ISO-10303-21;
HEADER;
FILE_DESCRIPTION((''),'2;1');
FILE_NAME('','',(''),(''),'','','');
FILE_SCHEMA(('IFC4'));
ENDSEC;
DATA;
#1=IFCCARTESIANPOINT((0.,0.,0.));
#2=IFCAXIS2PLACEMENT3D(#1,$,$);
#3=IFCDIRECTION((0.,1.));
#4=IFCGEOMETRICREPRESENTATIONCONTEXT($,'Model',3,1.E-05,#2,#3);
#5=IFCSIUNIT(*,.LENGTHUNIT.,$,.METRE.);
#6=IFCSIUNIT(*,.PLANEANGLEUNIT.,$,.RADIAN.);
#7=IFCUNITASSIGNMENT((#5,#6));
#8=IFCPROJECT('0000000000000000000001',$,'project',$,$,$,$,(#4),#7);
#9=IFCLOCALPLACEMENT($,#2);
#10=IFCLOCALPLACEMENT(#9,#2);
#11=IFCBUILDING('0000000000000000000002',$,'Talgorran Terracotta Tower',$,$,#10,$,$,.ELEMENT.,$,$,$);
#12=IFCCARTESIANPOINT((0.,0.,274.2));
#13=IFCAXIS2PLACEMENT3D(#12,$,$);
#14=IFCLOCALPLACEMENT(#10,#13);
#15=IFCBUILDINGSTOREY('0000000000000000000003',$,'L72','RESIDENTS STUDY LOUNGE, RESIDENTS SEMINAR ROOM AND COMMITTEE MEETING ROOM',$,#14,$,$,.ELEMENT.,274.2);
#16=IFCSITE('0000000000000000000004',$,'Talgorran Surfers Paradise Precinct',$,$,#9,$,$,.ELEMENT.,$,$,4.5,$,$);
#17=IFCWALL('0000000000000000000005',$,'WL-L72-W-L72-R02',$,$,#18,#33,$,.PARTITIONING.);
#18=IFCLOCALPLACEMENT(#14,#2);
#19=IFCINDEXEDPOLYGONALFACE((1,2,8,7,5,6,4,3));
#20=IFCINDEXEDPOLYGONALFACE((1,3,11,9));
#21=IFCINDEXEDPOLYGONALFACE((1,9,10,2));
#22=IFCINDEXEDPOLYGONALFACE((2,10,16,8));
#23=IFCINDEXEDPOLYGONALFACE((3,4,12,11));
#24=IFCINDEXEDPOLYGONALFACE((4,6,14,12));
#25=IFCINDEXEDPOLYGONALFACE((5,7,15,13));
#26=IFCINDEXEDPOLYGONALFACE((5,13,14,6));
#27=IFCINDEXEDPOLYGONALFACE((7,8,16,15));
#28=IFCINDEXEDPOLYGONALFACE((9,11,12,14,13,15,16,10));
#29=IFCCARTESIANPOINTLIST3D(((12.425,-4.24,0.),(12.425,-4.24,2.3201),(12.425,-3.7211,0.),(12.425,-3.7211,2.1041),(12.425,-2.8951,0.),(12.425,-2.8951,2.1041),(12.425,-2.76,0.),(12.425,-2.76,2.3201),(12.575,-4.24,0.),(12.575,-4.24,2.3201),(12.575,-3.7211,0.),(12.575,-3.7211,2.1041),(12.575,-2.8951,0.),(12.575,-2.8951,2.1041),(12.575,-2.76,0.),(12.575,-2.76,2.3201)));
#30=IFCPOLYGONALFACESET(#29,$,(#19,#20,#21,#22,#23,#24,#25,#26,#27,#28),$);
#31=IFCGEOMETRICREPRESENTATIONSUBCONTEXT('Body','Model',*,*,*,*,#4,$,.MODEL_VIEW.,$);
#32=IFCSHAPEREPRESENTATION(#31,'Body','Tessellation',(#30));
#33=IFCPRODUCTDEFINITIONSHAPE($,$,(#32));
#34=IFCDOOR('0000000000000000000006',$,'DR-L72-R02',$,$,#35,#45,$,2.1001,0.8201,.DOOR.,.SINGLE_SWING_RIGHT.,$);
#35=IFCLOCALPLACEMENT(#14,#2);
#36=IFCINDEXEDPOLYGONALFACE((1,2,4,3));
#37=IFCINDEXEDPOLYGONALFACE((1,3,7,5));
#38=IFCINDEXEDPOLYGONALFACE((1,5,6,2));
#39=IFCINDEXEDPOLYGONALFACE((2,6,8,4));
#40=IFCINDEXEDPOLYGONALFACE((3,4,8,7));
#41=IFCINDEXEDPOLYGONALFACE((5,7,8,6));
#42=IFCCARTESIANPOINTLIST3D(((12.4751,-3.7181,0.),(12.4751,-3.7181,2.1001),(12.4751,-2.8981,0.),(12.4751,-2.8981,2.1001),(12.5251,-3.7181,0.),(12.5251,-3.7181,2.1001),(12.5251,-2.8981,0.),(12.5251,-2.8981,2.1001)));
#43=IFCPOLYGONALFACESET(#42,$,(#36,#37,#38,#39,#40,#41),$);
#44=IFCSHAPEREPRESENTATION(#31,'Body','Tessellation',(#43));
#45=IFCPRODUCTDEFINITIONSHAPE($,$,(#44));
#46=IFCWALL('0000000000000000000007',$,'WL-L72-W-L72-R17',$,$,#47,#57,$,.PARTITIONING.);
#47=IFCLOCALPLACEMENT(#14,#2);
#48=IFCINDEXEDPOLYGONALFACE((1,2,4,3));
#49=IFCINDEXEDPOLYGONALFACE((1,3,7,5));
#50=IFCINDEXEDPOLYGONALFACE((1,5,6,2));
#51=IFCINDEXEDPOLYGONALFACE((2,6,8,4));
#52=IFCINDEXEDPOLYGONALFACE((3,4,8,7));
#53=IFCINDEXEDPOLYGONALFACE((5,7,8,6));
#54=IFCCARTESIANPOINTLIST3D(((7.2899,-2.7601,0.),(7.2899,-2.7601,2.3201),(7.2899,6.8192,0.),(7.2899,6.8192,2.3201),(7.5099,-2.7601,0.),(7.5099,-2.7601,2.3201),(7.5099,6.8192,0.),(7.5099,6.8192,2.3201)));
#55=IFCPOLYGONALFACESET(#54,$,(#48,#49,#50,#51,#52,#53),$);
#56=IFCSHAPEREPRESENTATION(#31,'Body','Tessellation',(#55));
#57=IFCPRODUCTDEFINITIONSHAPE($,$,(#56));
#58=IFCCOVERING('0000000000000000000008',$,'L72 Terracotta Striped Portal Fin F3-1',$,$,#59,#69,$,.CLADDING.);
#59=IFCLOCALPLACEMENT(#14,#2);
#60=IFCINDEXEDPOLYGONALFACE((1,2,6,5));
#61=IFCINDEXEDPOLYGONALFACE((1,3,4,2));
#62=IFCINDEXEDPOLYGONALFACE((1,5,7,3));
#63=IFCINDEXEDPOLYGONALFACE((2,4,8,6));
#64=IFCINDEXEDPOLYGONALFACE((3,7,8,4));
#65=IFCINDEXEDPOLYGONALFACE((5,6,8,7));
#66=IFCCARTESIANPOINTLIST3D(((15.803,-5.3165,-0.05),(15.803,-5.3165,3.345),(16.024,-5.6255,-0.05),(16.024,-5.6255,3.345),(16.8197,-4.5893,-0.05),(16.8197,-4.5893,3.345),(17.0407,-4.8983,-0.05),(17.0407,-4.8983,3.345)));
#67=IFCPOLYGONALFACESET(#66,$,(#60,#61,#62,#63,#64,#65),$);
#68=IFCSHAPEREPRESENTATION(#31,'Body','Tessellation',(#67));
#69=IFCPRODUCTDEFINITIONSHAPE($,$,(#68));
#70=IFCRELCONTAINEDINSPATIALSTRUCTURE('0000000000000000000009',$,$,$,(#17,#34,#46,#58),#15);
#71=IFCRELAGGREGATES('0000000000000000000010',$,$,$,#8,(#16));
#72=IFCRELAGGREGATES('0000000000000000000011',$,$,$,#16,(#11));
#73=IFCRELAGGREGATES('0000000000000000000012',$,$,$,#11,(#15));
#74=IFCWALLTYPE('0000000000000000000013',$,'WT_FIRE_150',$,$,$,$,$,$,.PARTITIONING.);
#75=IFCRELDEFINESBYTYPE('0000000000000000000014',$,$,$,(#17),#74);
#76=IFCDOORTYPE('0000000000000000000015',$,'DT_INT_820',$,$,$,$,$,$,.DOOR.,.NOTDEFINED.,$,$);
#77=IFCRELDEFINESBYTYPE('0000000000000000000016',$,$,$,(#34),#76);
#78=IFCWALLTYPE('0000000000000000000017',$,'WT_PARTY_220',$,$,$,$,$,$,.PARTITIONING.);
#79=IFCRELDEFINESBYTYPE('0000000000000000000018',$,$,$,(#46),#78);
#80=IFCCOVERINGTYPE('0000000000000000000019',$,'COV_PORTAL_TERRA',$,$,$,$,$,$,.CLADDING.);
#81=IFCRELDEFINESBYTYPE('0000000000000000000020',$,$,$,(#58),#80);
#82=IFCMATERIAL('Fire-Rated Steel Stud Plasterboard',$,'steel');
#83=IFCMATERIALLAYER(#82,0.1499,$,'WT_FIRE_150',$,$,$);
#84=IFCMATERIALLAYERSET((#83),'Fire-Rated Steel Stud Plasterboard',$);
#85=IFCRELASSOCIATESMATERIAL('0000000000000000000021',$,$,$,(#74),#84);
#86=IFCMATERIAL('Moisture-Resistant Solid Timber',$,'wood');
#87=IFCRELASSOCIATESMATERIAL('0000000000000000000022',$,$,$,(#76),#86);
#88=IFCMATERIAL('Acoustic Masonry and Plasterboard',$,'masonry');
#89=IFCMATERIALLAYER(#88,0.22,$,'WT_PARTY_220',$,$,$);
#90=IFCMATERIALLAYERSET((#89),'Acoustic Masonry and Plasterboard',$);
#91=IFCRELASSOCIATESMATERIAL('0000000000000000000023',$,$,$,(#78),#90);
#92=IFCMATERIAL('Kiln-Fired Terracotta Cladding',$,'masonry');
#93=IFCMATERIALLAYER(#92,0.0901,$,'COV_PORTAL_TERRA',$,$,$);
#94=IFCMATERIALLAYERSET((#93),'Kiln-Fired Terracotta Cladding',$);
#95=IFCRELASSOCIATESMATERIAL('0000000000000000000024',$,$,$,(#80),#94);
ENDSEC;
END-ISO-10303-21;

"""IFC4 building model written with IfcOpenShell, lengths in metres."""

from ifc_helpers import new_model, si_unit, direction, frame, frame_2d, origin, origin_2d, place, context, subcontext, project, spatial, rectangle, extrude, material, layer, layer_set, type_object, element, fill, save


model = new_model("IFC4")

# Units and contexts
model_context = context("Model", 3, precision=1e-05, world=origin(), true_north=direction((0.0, 1.0)))
body_context = subcontext(model_context, "Body", "Model", "MODEL_VIEW")
ifc_project = project(units=[si_unit("LENGTHUNIT", "METRE"), si_unit("PLANEANGLEUNIT", "RADIAN")], contexts=[model_context])

# Site, building, storey
site_placement = place(None, origin())
site = spatial("IfcSite", under=ifc_project, at=site_placement, Name="Talgorran Surfers Paradise Precinct", CompositionType="ELEMENT", RefElevation=4.5)
building_placement = place(site_placement, origin())
building = spatial("IfcBuilding", under=site, at=building_placement, Name="Talgorran Terracotta Tower", CompositionType="ELEMENT")
storey_placement = place(building_placement, frame((0.0, 0.0, 274.2)))
storey = spatial("IfcBuildingStorey", under=building, at=storey_placement, Name="L72", Description="RESIDENTS STUDY LOUNGE, RESIDENTS SEMINAR ROOM AND COMMITTEE MEETING ROOM", CompositionType="ELEMENT", Elevation=274.2)

# Wall, opening, door
ifc_material_1 = material(Name="Fire-Rated Steel Stud Plasterboard", Category="steel")
ifc_layer_1 = layer(ifc_material_1, 0.1499, Name="WT_FIRE_150")
ifc_layer_set_1 = layer_set([ifc_layer_1], Name="Fire-Rated Steel Stud Plasterboard")
wall_type_1 = type_object("IfcWallType", Name="WT_FIRE_150", PredefinedType="PARTITIONING", material=ifc_layer_set_1)
wall_1_placement = place(storey_placement, frame((12.5, -4.24, 0.0), z_axis=(0.0, 0.0, 1.0), x_axis=(0.0, 1.0, 0.0)))
wall_1 = element("IfcWall", 1, at=wall_1_placement, inside=storey, type_object=wall_type_1, Name="WL-L72-W-L72-R02", PredefinedType="PARTITIONING", context=body_context, shape_type="SweptSolid", body=[
    extrude(rectangle(XDim=1.48, YDim=0.1499, at=frame_2d((0.74, 0.0))), origin(), (0.0, 0.0, 1.0), 2.3201),
])
opening_1_placement = place(wall_1_placement, frame((0.5217, 0.0, 0.0)))
opening_1 = element("IfcOpeningElement", 2, at=opening_1_placement, cuts=wall_1, PredefinedType="OPENING", context=body_context, shape_type="SweptSolid", body=[
    extrude(rectangle(XDim=0.8261, YDim=2.1041, at=frame_2d((0.4102, 1.052))), frame((0.0, 0.085, 0.0), z_axis=(0.0, -1.0, 0.0), x_axis=(1.0, 0.0, 0.0)), (0.0, 0.0, 1.0), 0.1699),
])
ifc_material_2 = material(Name="Moisture-Resistant Solid Timber", Category="wood")
door_type_1 = type_object("IfcDoorType", Name="DT_INT_820", OperationType="NOTDEFINED", PredefinedType="DOOR", material=ifc_material_2)
door_1_placement = place(opening_1_placement, origin())
door_1 = element("IfcDoor", 3, at=door_1_placement, inside=storey, type_object=door_type_1, Name="DR-L72-R02", OperationType="SINGLE_SWING_RIGHT", OverallHeight=2.1001, OverallWidth=0.8201, PredefinedType="DOOR", context=body_context, shape_type="SweptSolid", body=[
    extrude(rectangle(XDim=0.8201, YDim=2.1001, at=frame_2d((0.4102, 1.05))), frame((0.0, 0.0249, 0.0), z_axis=(0.0, -1.0, 0.0), x_axis=(1.0, 0.0, 0.0)), (0.0, 0.0, 1.0), 0.05),
])
fill(opening_1, door_1)

# Wall
ifc_material_3 = material(Name="Acoustic Masonry and Plasterboard", Category="masonry")
ifc_layer_2 = layer(ifc_material_3, 0.22, Name="WT_PARTY_220")
ifc_layer_set_2 = layer_set([ifc_layer_2], Name="Acoustic Masonry and Plasterboard")
wall_type_2 = type_object("IfcWallType", Name="WT_PARTY_220", PredefinedType="PARTITIONING", material=ifc_layer_set_2)
wall_2_placement = place(storey_placement, frame((7.3999, -2.76, 0.0), z_axis=(0.0, 0.0, 1.0), x_axis=(0.0, 1.0, 0.0)))
element("IfcWall", 4, at=wall_2_placement, inside=storey, type_object=wall_type_2, Name="WL-L72-W-L72-R17", PredefinedType="PARTITIONING", context=body_context, shape_type="SweptSolid", body=[
    extrude(rectangle(XDim=9.5793, YDim=0.22, at=frame_2d((4.7896, 0.0))), origin(), (0.0, 0.0, 1.0), 2.3201),
])

# Covering
ifc_material_4 = material(Name="Kiln-Fired Terracotta Cladding", Category="masonry")
ifc_layer_3 = layer(ifc_material_4, 0.0901, Name="COV_PORTAL_TERRA")
ifc_layer_set_3 = layer_set([ifc_layer_3], Name="Kiln-Fired Terracotta Cladding")
covering_type = type_object("IfcCoveringType", Name="COV_PORTAL_TERRA", PredefinedType="CLADDING", material=ifc_layer_set_3)
covering_placement = place(storey_placement, frame((16.4219, -5.1074, -0.05), z_axis=(0.0, 0.0, 1.0), x_axis=(-0.581726, 0.813385, 0.0)))
element("IfcCovering", 5, at=covering_placement, inside=storey, type_object=covering_type, Name="L72 Terracotta Striped Portal Fin F3-1", PredefinedType="CLADDING", context=body_context, shape_type="SweptSolid", body=[
    extrude(rectangle(XDim=0.3799, YDim=1.25, at=origin_2d()), origin(), (0.0, 0.0, 1.0), 3.395),
])

save(model, "model.ifc")
